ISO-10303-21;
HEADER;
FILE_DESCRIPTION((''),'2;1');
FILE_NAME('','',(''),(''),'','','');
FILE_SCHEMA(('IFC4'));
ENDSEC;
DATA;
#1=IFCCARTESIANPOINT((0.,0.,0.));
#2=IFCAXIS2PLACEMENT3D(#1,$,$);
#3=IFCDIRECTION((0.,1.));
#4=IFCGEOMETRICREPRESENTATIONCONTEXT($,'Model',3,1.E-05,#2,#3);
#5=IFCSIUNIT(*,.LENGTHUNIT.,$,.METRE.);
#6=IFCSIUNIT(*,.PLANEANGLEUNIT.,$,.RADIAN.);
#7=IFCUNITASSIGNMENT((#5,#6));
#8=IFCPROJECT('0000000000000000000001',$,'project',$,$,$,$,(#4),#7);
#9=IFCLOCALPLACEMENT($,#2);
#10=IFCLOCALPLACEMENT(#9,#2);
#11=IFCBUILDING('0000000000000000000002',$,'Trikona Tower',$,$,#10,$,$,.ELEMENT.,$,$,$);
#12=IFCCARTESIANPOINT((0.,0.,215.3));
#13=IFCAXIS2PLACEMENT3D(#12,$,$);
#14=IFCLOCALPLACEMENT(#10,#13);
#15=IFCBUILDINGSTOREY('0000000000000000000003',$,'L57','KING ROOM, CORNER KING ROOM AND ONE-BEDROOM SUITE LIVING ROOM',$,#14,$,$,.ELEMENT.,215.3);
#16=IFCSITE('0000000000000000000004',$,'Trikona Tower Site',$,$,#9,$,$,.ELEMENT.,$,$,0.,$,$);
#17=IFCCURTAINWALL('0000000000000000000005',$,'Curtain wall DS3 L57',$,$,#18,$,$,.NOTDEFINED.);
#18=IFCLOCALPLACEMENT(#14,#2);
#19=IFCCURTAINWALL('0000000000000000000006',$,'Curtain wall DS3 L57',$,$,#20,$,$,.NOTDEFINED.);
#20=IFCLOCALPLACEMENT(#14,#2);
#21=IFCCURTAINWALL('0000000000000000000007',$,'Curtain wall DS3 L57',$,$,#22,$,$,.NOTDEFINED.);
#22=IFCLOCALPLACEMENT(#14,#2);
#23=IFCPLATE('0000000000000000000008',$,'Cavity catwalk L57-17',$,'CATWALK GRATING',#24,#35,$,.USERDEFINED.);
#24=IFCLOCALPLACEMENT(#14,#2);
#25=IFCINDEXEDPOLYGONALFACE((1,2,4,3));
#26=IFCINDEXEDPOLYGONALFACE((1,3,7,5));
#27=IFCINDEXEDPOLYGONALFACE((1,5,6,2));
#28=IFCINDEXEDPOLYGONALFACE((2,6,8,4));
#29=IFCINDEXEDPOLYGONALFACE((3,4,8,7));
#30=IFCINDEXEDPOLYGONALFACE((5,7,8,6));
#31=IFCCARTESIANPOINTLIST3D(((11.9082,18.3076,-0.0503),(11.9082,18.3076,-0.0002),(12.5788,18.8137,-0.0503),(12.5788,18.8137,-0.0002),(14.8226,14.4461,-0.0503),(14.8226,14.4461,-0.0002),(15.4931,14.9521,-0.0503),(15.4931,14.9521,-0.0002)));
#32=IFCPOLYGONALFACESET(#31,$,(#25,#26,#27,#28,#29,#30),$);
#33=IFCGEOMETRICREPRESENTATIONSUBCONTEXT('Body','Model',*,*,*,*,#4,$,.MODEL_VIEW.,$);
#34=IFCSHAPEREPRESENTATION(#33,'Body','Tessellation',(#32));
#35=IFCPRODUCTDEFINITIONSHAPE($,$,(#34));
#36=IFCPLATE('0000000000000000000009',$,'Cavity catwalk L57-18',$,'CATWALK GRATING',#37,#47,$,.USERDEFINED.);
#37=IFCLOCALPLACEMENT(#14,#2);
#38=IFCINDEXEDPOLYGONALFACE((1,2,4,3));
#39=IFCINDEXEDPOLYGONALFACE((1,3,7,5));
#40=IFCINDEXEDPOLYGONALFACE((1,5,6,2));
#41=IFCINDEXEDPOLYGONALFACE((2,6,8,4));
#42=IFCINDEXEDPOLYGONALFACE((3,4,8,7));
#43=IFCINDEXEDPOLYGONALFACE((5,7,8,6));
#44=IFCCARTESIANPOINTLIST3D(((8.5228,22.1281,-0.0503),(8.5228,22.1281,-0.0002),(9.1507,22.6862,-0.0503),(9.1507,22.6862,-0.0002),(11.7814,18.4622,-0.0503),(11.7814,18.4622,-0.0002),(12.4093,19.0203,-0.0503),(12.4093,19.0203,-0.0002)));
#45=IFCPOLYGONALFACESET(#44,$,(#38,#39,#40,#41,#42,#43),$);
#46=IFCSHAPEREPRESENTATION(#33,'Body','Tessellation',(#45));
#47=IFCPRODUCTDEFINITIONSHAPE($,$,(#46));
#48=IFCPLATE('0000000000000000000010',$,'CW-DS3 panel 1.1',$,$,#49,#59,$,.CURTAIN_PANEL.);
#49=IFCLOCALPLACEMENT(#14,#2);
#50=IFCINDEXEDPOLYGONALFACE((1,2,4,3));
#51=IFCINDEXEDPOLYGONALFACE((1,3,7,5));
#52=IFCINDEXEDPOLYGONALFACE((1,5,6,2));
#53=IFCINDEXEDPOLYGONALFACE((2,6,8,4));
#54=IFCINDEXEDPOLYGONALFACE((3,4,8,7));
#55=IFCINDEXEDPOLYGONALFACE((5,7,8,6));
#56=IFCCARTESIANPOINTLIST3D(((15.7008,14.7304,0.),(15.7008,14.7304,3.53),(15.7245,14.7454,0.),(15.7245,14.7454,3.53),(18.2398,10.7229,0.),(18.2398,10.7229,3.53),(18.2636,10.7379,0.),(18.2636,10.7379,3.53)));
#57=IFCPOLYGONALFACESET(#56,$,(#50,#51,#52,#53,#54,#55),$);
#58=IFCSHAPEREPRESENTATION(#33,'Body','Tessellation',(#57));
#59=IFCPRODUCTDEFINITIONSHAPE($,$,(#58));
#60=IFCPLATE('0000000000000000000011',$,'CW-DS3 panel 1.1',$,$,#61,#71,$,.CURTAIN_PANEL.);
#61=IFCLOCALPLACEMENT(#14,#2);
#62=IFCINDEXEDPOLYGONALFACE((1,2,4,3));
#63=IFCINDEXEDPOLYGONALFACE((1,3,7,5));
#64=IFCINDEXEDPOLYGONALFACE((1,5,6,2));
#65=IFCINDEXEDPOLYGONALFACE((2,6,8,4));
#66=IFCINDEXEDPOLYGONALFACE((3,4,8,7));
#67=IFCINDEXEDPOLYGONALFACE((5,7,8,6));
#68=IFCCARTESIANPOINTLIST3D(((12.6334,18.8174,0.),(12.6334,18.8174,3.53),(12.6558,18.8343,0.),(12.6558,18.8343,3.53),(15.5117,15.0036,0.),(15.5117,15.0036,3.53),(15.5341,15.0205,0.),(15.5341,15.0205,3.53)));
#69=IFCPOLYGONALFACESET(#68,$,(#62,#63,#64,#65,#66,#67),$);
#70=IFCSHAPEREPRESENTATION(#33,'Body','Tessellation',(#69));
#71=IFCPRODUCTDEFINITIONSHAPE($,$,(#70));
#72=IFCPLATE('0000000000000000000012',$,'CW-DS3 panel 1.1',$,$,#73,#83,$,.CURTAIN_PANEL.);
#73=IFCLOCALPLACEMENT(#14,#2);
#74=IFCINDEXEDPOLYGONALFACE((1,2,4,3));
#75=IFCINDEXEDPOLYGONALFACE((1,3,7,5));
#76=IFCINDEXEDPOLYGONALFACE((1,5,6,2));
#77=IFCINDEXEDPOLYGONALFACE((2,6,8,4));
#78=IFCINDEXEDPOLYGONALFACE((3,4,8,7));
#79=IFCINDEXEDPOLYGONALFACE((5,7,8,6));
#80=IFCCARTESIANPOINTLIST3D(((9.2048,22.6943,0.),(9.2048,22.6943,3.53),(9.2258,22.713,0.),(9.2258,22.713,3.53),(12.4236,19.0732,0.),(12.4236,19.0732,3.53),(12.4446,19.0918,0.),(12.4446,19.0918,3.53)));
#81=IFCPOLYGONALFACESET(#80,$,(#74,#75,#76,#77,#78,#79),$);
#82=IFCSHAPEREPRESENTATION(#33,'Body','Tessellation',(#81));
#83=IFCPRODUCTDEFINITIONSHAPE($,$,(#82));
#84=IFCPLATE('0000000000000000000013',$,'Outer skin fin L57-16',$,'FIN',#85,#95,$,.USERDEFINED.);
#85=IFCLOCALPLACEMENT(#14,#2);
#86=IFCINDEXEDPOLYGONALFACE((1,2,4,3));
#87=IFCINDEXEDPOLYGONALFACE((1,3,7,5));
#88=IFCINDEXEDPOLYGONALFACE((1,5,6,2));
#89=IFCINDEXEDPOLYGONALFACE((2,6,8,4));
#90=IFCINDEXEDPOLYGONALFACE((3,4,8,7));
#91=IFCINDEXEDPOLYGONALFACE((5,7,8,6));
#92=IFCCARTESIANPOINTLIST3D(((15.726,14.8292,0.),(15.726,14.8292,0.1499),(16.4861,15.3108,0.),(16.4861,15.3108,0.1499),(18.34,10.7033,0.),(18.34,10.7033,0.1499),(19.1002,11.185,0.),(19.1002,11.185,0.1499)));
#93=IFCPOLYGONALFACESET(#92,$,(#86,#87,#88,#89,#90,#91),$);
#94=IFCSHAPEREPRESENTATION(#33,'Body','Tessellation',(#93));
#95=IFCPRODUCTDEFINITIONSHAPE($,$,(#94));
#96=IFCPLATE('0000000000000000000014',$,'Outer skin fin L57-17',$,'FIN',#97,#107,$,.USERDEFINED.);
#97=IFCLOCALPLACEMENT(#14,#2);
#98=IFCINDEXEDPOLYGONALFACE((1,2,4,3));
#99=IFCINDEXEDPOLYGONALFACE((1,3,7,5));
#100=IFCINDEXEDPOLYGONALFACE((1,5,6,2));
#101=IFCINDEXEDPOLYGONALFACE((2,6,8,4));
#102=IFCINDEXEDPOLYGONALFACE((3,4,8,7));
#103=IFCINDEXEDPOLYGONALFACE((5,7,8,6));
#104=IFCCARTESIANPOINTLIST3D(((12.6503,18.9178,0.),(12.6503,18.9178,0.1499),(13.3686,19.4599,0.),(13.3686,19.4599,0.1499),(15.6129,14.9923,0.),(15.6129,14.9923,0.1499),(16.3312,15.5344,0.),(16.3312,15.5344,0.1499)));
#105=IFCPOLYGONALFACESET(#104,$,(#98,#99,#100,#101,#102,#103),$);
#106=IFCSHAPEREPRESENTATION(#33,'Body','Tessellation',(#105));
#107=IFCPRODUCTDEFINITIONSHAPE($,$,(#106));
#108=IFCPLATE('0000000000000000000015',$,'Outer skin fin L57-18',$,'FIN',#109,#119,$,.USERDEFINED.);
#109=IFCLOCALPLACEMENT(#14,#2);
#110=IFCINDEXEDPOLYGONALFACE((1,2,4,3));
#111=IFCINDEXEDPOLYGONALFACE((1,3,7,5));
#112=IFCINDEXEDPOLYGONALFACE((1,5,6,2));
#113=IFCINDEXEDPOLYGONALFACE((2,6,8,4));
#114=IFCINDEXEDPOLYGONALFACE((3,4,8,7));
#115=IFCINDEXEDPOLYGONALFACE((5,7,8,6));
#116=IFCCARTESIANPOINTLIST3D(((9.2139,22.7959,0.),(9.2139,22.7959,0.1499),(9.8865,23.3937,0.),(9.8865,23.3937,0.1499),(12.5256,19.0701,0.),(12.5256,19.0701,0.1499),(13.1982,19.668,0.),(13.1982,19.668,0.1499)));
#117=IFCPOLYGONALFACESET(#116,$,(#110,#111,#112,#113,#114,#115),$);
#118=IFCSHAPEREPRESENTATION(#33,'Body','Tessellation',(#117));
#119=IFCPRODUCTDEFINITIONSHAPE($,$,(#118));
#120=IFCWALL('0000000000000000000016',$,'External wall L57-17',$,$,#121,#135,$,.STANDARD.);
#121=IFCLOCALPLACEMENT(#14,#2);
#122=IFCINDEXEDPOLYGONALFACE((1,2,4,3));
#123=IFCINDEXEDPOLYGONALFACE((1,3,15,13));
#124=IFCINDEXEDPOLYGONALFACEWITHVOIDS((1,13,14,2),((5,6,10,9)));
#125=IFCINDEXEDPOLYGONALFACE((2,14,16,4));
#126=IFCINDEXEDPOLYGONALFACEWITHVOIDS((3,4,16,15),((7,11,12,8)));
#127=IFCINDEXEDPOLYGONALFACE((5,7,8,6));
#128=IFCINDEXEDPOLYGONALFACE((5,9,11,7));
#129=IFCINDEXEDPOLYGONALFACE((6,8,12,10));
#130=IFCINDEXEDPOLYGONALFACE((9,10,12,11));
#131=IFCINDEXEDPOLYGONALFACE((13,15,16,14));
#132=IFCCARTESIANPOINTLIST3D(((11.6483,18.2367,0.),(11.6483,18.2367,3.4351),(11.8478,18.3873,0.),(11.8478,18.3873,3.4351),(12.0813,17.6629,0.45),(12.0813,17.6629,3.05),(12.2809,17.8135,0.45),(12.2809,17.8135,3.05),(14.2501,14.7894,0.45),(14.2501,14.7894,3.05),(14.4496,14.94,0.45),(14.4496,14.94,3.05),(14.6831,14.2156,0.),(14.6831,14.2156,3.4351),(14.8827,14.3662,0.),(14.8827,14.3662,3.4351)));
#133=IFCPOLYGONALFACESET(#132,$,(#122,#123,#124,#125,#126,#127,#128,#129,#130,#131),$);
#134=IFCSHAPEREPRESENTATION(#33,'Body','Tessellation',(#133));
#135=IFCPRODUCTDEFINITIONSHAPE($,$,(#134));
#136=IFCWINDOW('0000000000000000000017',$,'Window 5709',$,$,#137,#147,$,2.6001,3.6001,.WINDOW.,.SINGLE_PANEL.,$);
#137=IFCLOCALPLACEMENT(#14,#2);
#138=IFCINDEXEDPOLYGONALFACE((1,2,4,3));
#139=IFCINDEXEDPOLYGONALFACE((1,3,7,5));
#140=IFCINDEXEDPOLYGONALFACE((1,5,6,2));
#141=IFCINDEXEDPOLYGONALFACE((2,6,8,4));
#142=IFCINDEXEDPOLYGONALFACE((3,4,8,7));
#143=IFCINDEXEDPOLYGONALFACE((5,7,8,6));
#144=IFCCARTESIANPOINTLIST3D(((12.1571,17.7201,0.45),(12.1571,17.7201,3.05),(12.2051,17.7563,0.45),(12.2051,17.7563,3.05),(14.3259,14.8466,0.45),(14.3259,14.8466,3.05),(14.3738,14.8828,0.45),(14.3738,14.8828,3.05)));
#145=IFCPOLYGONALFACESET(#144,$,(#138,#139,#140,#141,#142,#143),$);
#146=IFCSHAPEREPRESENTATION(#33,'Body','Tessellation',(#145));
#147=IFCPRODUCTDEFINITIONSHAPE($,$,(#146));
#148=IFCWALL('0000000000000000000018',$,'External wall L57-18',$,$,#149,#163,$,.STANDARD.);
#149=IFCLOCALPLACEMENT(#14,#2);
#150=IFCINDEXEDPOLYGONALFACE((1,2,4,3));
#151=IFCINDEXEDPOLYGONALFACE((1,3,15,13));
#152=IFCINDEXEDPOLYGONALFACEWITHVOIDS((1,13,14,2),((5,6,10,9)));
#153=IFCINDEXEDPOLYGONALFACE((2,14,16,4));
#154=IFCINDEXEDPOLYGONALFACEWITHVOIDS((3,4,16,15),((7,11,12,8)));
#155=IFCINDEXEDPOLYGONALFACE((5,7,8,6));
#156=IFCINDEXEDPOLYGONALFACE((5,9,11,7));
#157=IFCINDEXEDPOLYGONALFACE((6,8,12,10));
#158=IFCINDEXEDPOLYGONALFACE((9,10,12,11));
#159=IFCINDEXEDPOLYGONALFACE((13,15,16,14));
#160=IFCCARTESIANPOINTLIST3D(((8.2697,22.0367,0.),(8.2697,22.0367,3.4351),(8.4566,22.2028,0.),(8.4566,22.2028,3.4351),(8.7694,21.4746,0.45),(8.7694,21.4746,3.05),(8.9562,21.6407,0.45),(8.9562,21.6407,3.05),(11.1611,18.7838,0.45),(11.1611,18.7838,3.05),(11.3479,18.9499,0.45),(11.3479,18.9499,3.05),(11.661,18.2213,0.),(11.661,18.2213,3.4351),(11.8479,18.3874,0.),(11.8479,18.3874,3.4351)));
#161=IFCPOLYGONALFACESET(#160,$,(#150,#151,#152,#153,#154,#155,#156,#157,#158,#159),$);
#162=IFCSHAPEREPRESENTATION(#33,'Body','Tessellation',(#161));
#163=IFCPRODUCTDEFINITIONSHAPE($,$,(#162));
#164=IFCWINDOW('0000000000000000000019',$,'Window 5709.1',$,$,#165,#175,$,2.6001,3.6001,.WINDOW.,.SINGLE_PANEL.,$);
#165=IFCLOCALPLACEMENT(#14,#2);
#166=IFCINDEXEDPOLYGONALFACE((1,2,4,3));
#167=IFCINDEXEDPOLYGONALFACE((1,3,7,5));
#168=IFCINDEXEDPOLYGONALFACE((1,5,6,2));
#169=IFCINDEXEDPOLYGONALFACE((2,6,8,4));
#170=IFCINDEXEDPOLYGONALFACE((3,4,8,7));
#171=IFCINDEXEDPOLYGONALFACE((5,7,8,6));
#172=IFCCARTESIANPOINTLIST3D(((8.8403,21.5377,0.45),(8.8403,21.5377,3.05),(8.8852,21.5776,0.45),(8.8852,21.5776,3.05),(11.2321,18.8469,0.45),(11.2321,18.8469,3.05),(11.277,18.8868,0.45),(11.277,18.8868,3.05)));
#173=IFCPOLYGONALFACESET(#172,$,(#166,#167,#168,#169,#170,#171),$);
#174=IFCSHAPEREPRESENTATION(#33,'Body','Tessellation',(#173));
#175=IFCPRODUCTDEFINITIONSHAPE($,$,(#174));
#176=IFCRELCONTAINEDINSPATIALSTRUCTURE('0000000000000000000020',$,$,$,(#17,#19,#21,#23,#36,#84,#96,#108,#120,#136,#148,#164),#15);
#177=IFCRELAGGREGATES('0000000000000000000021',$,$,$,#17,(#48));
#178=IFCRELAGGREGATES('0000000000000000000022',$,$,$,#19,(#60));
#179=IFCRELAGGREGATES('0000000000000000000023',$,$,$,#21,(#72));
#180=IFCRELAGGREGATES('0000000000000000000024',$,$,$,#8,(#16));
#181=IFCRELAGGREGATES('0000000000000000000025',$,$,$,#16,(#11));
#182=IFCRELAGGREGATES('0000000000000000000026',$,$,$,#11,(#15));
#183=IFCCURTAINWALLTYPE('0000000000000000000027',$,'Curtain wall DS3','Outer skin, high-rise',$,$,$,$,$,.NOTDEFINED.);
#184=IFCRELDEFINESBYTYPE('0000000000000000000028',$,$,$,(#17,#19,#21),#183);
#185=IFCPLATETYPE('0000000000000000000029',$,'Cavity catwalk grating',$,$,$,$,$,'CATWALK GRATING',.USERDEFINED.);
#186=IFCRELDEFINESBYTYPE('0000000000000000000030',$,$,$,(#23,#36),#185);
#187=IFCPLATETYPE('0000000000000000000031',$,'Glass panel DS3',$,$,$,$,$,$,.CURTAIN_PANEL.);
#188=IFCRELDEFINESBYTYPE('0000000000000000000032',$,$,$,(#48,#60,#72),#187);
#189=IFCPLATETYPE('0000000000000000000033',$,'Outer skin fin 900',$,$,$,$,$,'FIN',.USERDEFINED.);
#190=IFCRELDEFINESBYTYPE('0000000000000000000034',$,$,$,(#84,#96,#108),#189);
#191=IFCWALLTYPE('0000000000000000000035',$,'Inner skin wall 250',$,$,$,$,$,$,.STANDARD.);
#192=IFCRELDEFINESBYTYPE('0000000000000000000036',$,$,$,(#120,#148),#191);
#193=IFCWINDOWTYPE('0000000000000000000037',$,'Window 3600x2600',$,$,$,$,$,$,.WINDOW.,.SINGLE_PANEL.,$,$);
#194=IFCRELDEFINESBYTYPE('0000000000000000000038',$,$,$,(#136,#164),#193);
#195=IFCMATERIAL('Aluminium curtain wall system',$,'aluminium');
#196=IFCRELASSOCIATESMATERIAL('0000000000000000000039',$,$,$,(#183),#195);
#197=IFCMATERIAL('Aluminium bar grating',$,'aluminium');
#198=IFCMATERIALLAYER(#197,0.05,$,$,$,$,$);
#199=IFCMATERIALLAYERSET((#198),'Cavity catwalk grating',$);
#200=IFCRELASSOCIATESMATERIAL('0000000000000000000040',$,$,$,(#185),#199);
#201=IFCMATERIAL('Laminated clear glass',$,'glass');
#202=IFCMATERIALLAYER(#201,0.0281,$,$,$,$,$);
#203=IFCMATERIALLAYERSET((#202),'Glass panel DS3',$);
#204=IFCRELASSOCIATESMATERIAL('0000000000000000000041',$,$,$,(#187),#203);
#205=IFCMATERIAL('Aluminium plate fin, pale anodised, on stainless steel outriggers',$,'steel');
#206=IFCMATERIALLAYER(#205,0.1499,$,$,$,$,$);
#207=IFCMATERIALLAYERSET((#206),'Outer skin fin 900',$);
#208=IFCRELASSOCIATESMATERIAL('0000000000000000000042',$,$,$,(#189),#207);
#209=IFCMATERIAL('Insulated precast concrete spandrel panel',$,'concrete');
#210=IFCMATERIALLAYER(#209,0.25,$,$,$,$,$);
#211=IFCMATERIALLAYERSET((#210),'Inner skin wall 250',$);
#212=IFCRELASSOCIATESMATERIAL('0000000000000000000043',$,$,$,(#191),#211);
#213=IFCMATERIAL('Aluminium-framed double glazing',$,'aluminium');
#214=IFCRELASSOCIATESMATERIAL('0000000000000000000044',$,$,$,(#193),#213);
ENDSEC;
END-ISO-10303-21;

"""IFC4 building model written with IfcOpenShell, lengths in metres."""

from ifc_helpers import new_model, si_unit, direction, frame, frame_2d, origin, origin_2d, place, context, subcontext, project, spatial, rectangle, extrude, material, layer, layer_set, type_object, element, fill, aggregate, save


model = new_model("IFC4")

# Units and contexts
model_context = context("Model", 3, precision=1e-05, world=origin(), true_north=direction((0.0, 1.0)))
body_context = subcontext(model_context, "Body", "Model", "MODEL_VIEW")
ifc_project = project(units=[si_unit("LENGTHUNIT", "METRE"), si_unit("PLANEANGLEUNIT", "RADIAN")], contexts=[model_context])

# Site, building, storey
site_placement = place(None, origin())
site = spatial("IfcSite", under=ifc_project, at=site_placement, Name="Trikona Tower Site", CompositionType="ELEMENT", RefElevation=0.0)
building_placement = place(site_placement, origin())
building = spatial("IfcBuilding", under=site, at=building_placement, Name="Trikona Tower", CompositionType="ELEMENT")
storey_placement = place(building_placement, frame((0.0, 0.0, 215.3)))
storey = spatial("IfcBuildingStorey", under=building, at=storey_placement, Name="L57", Description="KING ROOM, CORNER KING ROOM AND ONE-BEDROOM SUITE LIVING ROOM", CompositionType="ELEMENT", Elevation=215.3)

# Curtain wall
ifc_material_1 = material(Name="Aluminium curtain wall system", Category="aluminium")
curtain_wall_type = type_object("IfcCurtainWallType", Name="Curtain wall DS3", Description="Outer skin, high-rise", PredefinedType="NOTDEFINED", material=ifc_material_1)
curtain_wall_1_placement = place(storey_placement, origin())
curtain_wall_1 = element("IfcCurtainWall", 1, at=curtain_wall_1_placement, inside=storey, type_object=curtain_wall_type, Name="Curtain wall DS3 L57", PredefinedType="NOTDEFINED")

# Curtain walls
curtain_wall_2_placement = place(storey_placement, origin())
curtain_wall_2 = element("IfcCurtainWall", 2, at=curtain_wall_2_placement, inside=storey, type_object=curtain_wall_type, Name="Curtain wall DS3 L57", PredefinedType="NOTDEFINED")
curtain_wall_3_placement = place(storey_placement, origin())
curtain_wall_3 = element("IfcCurtainWall", 3, at=curtain_wall_3_placement, inside=storey, type_object=curtain_wall_type, Name="Curtain wall DS3 L57", PredefinedType="NOTDEFINED")

# Plates
ifc_material_2 = material(Name="Aluminium bar grating", Category="aluminium")
ifc_layer_1 = layer(ifc_material_2, 0.05)
ifc_layer_set_1 = layer_set([ifc_layer_1], Name="Cavity catwalk grating")
plate_type_1 = type_object("IfcPlateType", Name="Cavity catwalk grating", ElementType="CATWALK GRATING", PredefinedType="USERDEFINED", material=ifc_layer_set_1)
plate_1_placement = place(storey_placement, frame((13.7007, 16.6299, -0.0503), z_axis=(0.0, 0.0, 1.0), x_axis=(-0.602402, 0.798193, 0.0)))
element("IfcPlate", 4, at=plate_1_placement, inside=storey, type_object=plate_type_1, Name="Cavity catwalk L57-17", ObjectType="CATWALK GRATING", PredefinedType="USERDEFINED", context=body_context, shape_type="SweptSolid", body=[
    extrude(rectangle(XDim=4.8379, YDim=0.8401, at=origin_2d()), origin(), (0.0, 0.0, 1.0), 0.05),
])
plate_2_placement = place(storey_placement, frame((10.4661, 20.5742, -0.0503), z_axis=(0.0, 0.0, 1.0), x_axis=(-0.664367, 0.747406, 0.0)))
element("IfcPlate", 5, at=plate_2_placement, inside=storey, type_object=plate_type_1, Name="Cavity catwalk L57-18", ObjectType="CATWALK GRATING", PredefinedType="USERDEFINED", context=body_context, shape_type="SweptSolid", body=[
    extrude(rectangle(XDim=4.9048, YDim=0.8401, at=origin_2d()), origin(), (0.0, 0.0, 1.0), 0.05),
])

# Plates
ifc_material_3 = material(Name="Laminated clear glass", Category="glass")
ifc_layer_2 = layer(ifc_material_3, 0.0281)
ifc_layer_set_2 = layer_set([ifc_layer_2], Name="Glass panel DS3")
plate_type_2 = type_object("IfcPlateType", Name="Glass panel DS3", PredefinedType="CURTAIN_PANEL", material=ifc_layer_set_2)
plate_3_placement = place(storey_placement, frame((16.9822, 12.7341, 0.0), z_axis=(0.0, 0.0, 1.0), x_axis=(-0.535197, 0.844727, 0.0)))
plate_3 = element("IfcPlate", 6, at=plate_3_placement, type_object=plate_type_2, Name="CW-DS3 panel 1.1", PredefinedType="CURTAIN_PANEL", context=body_context, shape_type="SweptSolid", body=[
    extrude(rectangle(XDim=4.7441, YDim=0.0281, at=origin_2d()), origin(), (0.0, 0.0, 1.0), 3.53),
])
aggregate(curtain_wall_1, [plate_3])
plate_4_placement = place(storey_placement, frame((14.0837, 16.9189, 0.0), z_axis=(0.0, 0.0, 1.0), x_axis=(-0.602402, 0.798193, 0.0)))
plate_4 = element("IfcPlate", 7, at=plate_4_placement, type_object=plate_type_2, Name="CW-DS3 panel 1.1", PredefinedType="CURTAIN_PANEL", context=body_context, shape_type="SweptSolid", body=[
    extrude(rectangle(XDim=4.7781, YDim=0.0281, at=origin_2d()), origin(), (0.0, 0.0, 1.0), 3.53),
])
aggregate(curtain_wall_2, [plate_4])
plate_5_placement = place(storey_placement, frame((10.8247, 20.8931, 0.0), z_axis=(0.0, 0.0, 1.0), x_axis=(-0.664371, 0.747403, 0.0)))
plate_5 = element("IfcPlate", 8, at=plate_5_placement, type_object=plate_type_2, Name="CW-DS3 panel 1.1", PredefinedType="CURTAIN_PANEL", context=body_context, shape_type="SweptSolid", body=[
    extrude(rectangle(XDim=4.845, YDim=0.0281, at=origin_2d()), origin(), (0.0, 0.0, 1.0), 3.53),
])
aggregate(curtain_wall_3, [plate_5])

# Plates
ifc_material_4 = material(Name="Aluminium plate fin, pale anodised, on stainless steel outriggers", Category="steel")
ifc_layer_3 = layer(ifc_material_4, 0.1499)
ifc_layer_set_3 = layer_set([ifc_layer_3], Name="Outer skin fin 900")
plate_type_3 = type_object("IfcPlateType", Name="Outer skin fin 900", ElementType="FIN", PredefinedType="USERDEFINED", material=ifc_layer_set_3)
plate_6_placement = place(storey_placement, frame((17.4131, 13.0071, 0.0), z_axis=(0.0, 0.0, 1.0), x_axis=(-0.535205, 0.844722, 0.0)))
element("IfcPlate", 9, at=plate_6_placement, inside=storey, type_object=plate_type_3, Name="Outer skin fin L57-16", ObjectType="FIN", PredefinedType="USERDEFINED", context=body_context, shape_type="SweptSolid", body=[
    extrude(rectangle(XDim=4.8843, YDim=0.8999, at=origin_2d()), origin(), (0.0, 0.0, 1.0), 0.1499),
])
plate_7_placement = place(storey_placement, frame((14.4907, 17.2261, 0.0), z_axis=(0.0, 0.0, 1.0), x_axis=(-0.602402, 0.798193, 0.0)))
element("IfcPlate", 10, at=plate_7_placement, inside=storey, type_object=plate_type_3, Name="Outer skin fin L57-17", ObjectType="FIN", PredefinedType="USERDEFINED", context=body_context, shape_type="SweptSolid", body=[
    extrude(rectangle(XDim=4.918, YDim=0.8999, at=origin_2d()), origin(), (0.0, 0.0, 1.0), 0.1499),
])
plate_8_placement = place(storey_placement, frame((11.2061, 21.2319, 0.0), z_axis=(0.0, 0.0, 1.0), x_axis=(-0.664367, 0.747406, 0.0)))
element("IfcPlate", 11, at=plate_8_placement, inside=storey, type_object=plate_type_3, Name="Outer skin fin L57-18", ObjectType="FIN", PredefinedType="USERDEFINED", context=body_context, shape_type="SweptSolid", body=[
    extrude(rectangle(XDim=4.9849, YDim=0.8999, at=origin_2d()), origin(), (0.0, 0.0, 1.0), 0.1499),
])

# Walls, openings, windows
ifc_material_5 = material(Name="Insulated precast concrete spandrel panel", Category="concrete")
ifc_layer_4 = layer(ifc_material_5, 0.25)
ifc_layer_set_4 = layer_set([ifc_layer_4], Name="Inner skin wall 250")
wall_type = type_object("IfcWallType", Name="Inner skin wall 250", PredefinedType="STANDARD", material=ifc_layer_set_4)
wall_1_placement = place(storey_placement, frame((14.783, 14.2908, 0.0), z_axis=(0.0, 0.0, 1.0), x_axis=(-0.602409, 0.798188, 0.0)))
wall_1 = element("IfcWall", 12, at=wall_1_placement, inside=storey, type_object=wall_type, Name="External wall L57-17", PredefinedType="STANDARD", context=body_context, shape_type="SweptSolid", body=[
    extrude(rectangle(XDim=5.0378, YDim=0.25, at=frame_2d((2.519, 0.0))), origin(), (0.0, 0.0, 1.0), 3.4351),
])
opening_1_placement = place(wall_1_placement, frame((0.719, 0.0, 0.45)))
opening_1 = element("IfcOpeningElement", 13, at=opening_1_placement, cuts=wall_1, PredefinedType="OPENING", context=body_context, shape_type="SweptSolid", body=[
    extrude(rectangle(XDim=3.6001, YDim=2.6001, at=frame_2d((1.8, 1.3))), frame((0.0, 0.135, 0.0), z_axis=(0.0, -1.0, 0.0), x_axis=(1.0, 0.0, 0.0)), (0.0, 0.0, 1.0), 0.27),
])
ifc_material_6 = material(Name="Aluminium-framed double glazing", Category="aluminium")
window_type = type_object("IfcWindowType", Name="Window 3600x2600", PartitioningType="SINGLE_PANEL", PredefinedType="WINDOW", material=ifc_material_6)
window_1_placement = place(opening_1_placement, origin())
window_1 = element("IfcWindow", 14, at=window_1_placement, inside=storey, type_object=window_type, Name="Window 5709", OverallHeight=2.6001, OverallWidth=3.6001, PartitioningType="SINGLE_PANEL", PredefinedType="WINDOW", context=body_context, shape_type="SweptSolid", body=[
    extrude(rectangle(XDim=3.6001, YDim=2.6001, at=frame_2d((1.8, 1.3))), frame((0.0, 0.03, 0.0), z_axis=(0.0, -1.0, 0.0), x_axis=(1.0, 0.0, 0.0)), (0.0, 0.0, 1.0), 0.0601),
])
fill(opening_1, window_1)
wall_2_placement = place(storey_placement, frame((11.7544, 18.3044, 0.0), z_axis=(0.0, 0.0, 1.0), x_axis=(-0.664349, 0.747423, 0.0)))
wall_2 = element("IfcWall", 15, at=wall_2_placement, inside=storey, type_object=wall_type, Name="External wall L57-18", PredefinedType="STANDARD", context=body_context, shape_type="SweptSolid", body=[
    extrude(rectangle(XDim=5.1047, YDim=0.25, at=frame_2d((2.5522, 0.0))), origin(), (0.0, 0.0, 1.0), 3.4351),
])
opening_2_placement = place(wall_2_placement, frame((0.7524, 0.0, 0.45)))
opening_2 = element("IfcOpeningElement", 16, at=opening_2_placement, cuts=wall_2, PredefinedType="OPENING", context=body_context, shape_type="SweptSolid", body=[
    extrude(rectangle(XDim=3.6001, YDim=2.6001, at=frame_2d((1.8, 1.3))), frame((0.0, 0.135, 0.0), z_axis=(0.0, -1.0, 0.0), x_axis=(1.0, 0.0, 0.0)), (0.0, 0.0, 1.0), 0.27),
])
window_2_placement = place(opening_2_placement, origin())
window_2 = element("IfcWindow", 17, at=window_2_placement, inside=storey, type_object=window_type, Name="Window 5709.1", OverallHeight=2.6001, OverallWidth=3.6001, PartitioningType="SINGLE_PANEL", PredefinedType="WINDOW", context=body_context, shape_type="SweptSolid", body=[
    extrude(rectangle(XDim=3.6001, YDim=2.6001, at=frame_2d((1.8, 1.3))), frame((0.0, 0.03, 0.0), z_axis=(0.0, -1.0, 0.0), x_axis=(1.0, 0.0, 0.0)), (0.0, 0.0, 1.0), 0.0601),
])
fill(opening_2, window_2)

save(model, "model.ifc")
